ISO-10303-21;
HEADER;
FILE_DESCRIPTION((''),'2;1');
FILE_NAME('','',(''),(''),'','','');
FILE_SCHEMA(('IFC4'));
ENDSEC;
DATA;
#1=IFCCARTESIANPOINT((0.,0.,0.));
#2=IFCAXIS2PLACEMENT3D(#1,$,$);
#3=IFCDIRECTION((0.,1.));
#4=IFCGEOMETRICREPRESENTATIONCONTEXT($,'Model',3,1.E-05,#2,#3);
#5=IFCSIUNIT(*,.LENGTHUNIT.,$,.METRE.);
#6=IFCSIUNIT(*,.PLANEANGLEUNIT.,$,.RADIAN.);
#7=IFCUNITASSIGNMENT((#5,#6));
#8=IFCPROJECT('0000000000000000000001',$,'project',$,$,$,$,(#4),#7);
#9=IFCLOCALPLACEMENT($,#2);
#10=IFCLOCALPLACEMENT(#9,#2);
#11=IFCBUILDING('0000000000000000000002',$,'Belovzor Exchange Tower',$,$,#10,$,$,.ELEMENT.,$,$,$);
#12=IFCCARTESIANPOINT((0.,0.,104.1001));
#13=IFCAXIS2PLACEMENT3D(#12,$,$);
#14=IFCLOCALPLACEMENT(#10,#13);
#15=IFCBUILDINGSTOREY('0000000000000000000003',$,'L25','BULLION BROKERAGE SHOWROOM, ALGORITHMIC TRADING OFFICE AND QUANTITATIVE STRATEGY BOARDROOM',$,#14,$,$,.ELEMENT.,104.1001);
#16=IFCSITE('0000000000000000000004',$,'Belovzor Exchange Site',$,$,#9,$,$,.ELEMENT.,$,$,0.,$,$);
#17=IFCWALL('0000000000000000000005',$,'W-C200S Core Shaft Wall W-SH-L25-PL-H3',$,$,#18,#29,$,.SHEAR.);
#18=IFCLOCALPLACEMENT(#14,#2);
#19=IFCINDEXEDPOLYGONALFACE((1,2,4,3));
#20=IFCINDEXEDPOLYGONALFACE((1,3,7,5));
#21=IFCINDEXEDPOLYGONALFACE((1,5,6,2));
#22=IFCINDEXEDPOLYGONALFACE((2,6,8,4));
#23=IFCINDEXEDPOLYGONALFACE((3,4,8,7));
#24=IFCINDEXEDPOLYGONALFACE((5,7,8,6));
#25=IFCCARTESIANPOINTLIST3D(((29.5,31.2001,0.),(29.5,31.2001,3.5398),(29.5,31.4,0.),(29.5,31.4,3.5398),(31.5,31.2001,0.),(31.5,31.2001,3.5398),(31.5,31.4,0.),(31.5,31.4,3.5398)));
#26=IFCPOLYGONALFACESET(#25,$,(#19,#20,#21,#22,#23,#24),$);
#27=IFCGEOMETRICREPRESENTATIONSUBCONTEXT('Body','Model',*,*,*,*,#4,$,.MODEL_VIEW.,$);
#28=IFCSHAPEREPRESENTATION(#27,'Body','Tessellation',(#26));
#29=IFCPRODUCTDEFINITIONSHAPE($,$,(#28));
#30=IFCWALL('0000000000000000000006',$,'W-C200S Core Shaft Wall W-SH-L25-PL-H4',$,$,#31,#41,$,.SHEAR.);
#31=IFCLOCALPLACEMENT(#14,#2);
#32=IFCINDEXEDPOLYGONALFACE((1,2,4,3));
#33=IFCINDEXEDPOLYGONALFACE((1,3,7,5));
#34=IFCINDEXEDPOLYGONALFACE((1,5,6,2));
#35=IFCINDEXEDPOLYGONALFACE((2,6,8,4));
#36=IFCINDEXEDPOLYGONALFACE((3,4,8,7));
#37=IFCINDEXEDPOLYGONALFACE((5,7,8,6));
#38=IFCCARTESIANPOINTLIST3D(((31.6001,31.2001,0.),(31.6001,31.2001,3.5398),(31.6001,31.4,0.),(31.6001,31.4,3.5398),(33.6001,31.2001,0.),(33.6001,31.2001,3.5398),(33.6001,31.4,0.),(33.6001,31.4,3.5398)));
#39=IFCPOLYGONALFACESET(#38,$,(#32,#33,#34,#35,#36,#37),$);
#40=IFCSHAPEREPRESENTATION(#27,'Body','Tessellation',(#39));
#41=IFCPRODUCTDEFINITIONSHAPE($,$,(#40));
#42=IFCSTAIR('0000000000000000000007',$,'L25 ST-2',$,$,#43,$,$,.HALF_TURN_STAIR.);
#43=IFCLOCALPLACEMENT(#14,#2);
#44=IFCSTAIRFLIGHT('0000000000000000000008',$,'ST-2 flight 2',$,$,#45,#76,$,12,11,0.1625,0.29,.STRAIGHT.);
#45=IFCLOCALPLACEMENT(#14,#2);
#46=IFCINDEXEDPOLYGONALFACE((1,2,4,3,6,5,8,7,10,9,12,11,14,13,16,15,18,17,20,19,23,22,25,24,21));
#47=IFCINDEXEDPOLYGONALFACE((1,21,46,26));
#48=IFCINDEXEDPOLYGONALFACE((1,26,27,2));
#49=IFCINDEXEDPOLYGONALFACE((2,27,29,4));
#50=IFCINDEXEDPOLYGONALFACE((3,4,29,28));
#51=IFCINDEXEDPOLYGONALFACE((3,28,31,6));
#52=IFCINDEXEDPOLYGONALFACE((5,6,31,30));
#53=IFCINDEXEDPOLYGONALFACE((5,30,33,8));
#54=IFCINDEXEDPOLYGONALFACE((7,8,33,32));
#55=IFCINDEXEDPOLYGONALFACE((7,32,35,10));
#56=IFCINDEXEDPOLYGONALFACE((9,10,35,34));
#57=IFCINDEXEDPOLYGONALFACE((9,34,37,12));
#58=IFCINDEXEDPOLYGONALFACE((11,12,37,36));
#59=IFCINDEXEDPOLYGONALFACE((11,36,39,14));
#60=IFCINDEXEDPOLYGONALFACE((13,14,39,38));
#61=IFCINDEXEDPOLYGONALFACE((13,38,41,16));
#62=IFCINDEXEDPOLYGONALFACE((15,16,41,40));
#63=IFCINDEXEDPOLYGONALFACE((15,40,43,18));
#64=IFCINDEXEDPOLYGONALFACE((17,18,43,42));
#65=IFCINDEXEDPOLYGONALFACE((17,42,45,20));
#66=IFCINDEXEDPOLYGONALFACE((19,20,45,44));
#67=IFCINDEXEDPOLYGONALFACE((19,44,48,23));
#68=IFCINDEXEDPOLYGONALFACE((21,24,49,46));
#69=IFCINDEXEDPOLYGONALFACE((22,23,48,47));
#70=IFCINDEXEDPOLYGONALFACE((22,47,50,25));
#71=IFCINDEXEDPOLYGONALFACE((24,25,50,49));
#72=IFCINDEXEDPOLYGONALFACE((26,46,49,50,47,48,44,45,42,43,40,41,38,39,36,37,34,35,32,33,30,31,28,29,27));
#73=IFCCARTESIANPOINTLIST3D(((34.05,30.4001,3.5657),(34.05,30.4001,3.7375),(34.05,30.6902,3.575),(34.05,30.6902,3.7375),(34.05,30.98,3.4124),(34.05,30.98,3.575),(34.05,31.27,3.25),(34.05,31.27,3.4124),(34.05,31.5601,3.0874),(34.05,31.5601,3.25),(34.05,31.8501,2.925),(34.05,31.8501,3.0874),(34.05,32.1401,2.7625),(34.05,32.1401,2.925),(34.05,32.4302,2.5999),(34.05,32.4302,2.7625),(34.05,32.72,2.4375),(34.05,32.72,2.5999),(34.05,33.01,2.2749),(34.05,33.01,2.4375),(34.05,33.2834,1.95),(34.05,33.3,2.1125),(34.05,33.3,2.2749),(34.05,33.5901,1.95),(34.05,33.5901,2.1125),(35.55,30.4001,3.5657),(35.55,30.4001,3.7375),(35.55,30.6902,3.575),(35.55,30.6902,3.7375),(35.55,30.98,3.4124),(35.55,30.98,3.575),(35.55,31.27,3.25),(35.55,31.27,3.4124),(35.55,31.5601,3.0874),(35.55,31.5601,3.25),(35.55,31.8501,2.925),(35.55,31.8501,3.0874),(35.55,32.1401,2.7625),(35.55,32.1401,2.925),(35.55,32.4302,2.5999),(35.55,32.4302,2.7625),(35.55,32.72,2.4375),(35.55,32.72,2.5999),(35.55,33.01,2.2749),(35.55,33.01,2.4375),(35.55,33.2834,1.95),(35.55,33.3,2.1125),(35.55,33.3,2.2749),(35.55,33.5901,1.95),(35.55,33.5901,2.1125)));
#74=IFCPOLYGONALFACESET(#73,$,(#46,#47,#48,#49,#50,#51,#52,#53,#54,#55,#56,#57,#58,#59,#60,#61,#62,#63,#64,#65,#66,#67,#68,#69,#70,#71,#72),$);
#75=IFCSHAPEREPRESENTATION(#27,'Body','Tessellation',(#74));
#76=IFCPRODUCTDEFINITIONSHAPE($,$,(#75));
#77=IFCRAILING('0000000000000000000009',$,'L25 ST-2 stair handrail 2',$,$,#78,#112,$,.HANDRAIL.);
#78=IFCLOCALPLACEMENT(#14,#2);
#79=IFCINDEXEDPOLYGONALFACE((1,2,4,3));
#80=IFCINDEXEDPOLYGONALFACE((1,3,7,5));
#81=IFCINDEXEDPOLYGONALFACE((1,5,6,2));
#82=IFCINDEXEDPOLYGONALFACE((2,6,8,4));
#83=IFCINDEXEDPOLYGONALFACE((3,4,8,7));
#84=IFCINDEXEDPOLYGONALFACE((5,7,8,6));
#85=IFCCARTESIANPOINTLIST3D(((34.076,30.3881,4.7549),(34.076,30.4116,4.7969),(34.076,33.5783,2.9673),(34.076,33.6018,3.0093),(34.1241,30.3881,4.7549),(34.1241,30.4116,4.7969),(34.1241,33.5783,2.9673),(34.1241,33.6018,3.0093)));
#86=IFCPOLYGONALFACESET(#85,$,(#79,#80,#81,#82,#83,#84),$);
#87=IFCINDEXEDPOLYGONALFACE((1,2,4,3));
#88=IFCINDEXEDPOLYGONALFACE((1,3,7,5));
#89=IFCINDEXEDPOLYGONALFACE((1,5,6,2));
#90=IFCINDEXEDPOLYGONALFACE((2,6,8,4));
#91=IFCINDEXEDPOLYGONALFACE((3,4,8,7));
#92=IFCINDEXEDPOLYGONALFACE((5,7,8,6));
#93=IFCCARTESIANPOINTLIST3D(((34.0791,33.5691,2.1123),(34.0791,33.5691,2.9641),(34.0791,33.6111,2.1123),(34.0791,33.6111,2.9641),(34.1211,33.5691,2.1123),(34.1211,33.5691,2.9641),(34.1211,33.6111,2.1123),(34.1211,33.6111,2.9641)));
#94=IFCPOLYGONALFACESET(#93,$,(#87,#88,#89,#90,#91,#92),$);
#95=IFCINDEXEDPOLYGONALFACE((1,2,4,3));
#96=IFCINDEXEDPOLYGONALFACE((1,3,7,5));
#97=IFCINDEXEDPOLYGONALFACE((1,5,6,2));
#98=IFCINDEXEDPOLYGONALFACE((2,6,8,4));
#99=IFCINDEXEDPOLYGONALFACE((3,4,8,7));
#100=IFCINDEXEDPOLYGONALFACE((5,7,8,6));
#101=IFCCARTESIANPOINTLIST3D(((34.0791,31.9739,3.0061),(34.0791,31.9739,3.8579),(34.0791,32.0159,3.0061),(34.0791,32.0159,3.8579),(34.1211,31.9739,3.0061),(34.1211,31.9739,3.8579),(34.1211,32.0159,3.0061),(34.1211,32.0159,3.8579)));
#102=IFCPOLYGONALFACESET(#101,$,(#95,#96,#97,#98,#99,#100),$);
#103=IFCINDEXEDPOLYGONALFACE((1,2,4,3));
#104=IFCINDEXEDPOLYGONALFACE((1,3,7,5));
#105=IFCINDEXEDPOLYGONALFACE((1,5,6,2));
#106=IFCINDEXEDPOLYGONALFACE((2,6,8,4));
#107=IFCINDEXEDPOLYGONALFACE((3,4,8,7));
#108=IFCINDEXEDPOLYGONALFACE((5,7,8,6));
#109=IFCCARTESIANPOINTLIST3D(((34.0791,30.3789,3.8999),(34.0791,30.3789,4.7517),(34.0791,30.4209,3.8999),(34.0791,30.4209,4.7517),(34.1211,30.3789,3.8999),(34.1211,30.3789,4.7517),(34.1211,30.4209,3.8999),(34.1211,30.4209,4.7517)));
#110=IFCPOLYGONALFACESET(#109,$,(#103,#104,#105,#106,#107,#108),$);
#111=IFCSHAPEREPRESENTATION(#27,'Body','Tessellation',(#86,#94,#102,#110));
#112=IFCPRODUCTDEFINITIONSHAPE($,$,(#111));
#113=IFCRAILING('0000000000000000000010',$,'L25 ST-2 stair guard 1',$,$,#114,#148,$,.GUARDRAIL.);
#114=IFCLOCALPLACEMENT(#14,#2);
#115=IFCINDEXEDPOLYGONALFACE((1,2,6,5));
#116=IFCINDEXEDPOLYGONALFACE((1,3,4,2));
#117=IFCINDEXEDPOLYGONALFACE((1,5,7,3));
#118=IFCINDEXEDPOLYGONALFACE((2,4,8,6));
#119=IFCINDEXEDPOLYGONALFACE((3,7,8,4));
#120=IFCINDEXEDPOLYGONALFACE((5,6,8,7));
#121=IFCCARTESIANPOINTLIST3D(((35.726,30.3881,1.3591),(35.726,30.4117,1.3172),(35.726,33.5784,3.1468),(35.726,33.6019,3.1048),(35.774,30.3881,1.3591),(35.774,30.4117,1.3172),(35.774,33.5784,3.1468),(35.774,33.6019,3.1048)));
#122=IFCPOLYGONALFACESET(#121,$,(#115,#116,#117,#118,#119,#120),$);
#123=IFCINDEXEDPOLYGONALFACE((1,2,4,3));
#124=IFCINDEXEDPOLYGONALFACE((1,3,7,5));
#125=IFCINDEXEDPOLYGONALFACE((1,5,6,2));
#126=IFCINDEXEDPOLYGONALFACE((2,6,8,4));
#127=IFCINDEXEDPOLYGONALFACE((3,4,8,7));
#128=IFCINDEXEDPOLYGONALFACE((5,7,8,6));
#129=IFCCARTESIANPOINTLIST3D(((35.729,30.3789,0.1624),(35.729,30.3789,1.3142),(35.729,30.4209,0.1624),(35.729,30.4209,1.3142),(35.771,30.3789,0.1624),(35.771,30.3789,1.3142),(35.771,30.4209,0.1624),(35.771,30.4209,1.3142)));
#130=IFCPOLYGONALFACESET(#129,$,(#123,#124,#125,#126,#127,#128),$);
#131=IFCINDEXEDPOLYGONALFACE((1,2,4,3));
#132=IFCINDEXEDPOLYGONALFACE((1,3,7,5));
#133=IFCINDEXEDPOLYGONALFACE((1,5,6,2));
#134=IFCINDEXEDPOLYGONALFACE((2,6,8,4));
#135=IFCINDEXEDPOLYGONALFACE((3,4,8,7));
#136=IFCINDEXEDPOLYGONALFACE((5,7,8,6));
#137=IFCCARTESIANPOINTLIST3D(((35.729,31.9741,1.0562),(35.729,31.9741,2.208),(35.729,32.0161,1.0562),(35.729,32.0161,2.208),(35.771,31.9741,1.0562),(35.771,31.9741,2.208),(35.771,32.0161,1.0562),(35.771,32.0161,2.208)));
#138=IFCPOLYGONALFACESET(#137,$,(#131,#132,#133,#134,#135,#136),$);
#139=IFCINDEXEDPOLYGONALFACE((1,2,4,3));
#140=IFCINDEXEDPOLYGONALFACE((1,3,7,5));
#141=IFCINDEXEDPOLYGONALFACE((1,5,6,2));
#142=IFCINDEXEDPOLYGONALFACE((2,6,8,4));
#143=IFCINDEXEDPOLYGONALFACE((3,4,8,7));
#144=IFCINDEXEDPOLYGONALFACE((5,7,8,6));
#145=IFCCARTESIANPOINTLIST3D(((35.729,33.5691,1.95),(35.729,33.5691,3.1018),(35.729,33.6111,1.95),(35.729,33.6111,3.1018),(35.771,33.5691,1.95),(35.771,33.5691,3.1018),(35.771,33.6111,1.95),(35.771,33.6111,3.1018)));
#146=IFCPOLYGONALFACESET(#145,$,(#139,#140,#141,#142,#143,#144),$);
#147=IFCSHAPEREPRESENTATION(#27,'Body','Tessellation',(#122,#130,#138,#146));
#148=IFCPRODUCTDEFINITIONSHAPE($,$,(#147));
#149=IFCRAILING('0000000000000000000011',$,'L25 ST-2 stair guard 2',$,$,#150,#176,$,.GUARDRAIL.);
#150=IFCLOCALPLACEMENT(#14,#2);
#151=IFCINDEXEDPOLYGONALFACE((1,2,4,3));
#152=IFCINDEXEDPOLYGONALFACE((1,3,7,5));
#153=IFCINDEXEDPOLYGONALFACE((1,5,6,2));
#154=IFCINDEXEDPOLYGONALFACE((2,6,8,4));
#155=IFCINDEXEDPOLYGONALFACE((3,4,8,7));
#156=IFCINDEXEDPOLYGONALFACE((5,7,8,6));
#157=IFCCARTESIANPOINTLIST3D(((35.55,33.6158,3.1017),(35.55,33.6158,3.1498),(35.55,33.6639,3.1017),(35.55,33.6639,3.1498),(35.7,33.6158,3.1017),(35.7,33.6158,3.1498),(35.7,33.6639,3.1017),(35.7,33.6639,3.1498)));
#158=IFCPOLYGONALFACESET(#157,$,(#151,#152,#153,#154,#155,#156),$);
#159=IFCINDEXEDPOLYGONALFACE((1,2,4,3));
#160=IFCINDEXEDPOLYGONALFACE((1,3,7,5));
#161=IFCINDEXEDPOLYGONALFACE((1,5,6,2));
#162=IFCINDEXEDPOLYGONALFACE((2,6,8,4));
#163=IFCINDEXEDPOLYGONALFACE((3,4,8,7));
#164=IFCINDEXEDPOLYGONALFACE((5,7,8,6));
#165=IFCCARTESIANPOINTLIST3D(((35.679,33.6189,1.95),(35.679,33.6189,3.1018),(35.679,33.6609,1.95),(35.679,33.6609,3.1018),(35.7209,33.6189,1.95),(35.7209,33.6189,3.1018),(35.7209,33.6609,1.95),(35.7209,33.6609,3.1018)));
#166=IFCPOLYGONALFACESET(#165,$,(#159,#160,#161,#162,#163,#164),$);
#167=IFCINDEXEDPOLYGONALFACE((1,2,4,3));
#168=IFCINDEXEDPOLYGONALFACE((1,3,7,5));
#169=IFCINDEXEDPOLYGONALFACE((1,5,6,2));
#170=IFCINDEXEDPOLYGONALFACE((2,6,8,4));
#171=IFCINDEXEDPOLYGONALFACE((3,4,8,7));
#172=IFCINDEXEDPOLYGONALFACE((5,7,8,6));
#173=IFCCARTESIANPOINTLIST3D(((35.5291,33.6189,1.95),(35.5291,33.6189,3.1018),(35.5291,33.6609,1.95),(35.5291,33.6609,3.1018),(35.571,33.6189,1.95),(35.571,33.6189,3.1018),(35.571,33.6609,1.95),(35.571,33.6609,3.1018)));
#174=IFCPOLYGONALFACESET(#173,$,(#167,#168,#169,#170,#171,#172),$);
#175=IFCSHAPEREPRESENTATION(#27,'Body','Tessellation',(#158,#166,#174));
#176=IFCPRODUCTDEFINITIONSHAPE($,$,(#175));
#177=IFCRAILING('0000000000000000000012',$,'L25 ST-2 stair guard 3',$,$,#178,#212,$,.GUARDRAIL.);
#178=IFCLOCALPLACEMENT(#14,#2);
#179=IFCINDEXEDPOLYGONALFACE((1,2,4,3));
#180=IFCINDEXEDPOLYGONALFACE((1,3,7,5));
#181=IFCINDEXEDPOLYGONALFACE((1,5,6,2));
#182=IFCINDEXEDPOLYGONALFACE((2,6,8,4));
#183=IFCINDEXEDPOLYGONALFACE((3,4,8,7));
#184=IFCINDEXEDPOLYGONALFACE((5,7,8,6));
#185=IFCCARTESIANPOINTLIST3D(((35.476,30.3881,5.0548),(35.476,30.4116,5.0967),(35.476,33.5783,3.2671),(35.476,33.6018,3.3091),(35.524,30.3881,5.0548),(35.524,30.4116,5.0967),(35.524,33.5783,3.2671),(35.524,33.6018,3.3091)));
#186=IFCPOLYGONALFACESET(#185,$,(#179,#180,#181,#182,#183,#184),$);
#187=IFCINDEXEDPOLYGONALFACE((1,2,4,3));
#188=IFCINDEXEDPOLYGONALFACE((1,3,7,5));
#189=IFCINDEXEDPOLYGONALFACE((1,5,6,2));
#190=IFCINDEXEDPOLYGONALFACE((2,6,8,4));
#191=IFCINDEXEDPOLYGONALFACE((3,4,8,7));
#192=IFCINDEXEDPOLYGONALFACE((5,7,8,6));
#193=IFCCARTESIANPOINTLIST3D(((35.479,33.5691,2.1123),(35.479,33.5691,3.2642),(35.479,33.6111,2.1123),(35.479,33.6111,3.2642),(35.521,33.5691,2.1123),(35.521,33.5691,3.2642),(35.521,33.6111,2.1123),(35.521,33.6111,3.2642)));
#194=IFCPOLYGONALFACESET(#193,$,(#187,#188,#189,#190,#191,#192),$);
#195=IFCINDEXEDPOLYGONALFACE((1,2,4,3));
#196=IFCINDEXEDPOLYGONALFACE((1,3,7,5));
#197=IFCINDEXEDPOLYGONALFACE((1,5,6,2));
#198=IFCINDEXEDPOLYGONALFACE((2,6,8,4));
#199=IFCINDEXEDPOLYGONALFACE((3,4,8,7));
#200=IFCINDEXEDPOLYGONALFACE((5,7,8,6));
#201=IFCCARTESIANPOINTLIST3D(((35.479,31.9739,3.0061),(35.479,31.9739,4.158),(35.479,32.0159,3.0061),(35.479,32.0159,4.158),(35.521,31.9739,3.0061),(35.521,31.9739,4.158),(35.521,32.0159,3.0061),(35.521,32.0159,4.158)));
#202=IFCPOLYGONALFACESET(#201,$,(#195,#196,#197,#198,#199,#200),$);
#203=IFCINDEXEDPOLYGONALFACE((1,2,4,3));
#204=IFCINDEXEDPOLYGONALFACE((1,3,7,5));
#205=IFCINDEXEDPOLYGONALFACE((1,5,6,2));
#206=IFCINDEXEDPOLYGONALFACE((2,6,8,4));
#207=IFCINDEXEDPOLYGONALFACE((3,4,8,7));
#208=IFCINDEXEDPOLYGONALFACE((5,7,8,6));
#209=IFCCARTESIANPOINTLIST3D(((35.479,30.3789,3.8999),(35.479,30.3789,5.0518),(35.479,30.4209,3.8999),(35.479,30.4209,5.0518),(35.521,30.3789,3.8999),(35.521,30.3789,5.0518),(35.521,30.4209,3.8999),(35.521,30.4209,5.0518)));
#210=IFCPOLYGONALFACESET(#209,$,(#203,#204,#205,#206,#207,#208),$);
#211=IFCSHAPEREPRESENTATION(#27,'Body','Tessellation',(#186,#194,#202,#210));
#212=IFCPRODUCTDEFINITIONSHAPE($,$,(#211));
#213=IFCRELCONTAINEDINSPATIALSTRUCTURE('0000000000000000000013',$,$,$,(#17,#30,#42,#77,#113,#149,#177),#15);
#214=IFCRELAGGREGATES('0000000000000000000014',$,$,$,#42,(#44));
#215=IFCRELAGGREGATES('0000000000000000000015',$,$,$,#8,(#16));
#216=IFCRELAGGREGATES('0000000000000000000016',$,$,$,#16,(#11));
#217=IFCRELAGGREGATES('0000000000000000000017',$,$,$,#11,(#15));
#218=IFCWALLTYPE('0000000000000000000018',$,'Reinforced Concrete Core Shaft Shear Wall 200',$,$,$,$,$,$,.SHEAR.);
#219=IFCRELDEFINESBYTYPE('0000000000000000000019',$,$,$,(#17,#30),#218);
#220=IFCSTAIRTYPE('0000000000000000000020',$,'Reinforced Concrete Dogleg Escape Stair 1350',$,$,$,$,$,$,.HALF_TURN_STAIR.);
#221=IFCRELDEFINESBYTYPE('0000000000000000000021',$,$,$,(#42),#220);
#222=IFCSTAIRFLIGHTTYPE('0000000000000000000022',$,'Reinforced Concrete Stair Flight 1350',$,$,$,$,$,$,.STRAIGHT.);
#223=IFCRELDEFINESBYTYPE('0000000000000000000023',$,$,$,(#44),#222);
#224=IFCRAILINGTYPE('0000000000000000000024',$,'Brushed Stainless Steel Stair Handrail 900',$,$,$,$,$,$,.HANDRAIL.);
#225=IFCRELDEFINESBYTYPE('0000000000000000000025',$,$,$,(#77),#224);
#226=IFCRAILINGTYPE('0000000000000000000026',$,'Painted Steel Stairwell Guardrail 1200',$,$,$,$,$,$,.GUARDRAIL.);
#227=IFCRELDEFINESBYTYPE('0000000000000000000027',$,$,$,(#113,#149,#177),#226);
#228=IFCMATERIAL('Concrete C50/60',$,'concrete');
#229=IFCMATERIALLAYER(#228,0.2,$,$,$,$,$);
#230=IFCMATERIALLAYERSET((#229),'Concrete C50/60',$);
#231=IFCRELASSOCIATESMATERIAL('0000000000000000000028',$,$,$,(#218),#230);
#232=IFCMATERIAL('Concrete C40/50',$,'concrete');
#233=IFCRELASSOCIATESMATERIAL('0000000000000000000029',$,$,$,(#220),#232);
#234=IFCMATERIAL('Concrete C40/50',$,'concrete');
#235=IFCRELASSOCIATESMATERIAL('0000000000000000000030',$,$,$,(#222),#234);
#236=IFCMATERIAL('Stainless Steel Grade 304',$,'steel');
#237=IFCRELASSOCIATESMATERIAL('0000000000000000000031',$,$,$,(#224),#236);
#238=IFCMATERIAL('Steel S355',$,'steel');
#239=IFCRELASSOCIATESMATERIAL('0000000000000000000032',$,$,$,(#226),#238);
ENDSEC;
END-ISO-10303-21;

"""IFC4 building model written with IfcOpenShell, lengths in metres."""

from ifc_helpers import new_model, si_unit, direction, frame, frame_2d, origin, origin_2d, place, context, subcontext, project, spatial, polyline, rectangle, outline, extrude, material, layer, layer_set, type_object, element, aggregate, save


model = new_model("IFC4")

# Units and contexts
model_context = context("Model", 3, precision=1e-05, world=origin(), true_north=direction((0.0, 1.0)))
body_context = subcontext(model_context, "Body", "Model", "MODEL_VIEW")
ifc_project = project(units=[si_unit("LENGTHUNIT", "METRE"), si_unit("PLANEANGLEUNIT", "RADIAN")], contexts=[model_context])

# Site, building, storey
site_placement = place(None, origin())
site = spatial("IfcSite", under=ifc_project, at=site_placement, Name="Belovzor Exchange Site", CompositionType="ELEMENT", RefElevation=0.0)
building_placement = place(site_placement, origin())
building = spatial("IfcBuilding", under=site, at=building_placement, Name="Belovzor Exchange Tower", CompositionType="ELEMENT")
storey_placement = place(building_placement, frame((0.0, 0.0, 104.1001)))
storey = spatial("IfcBuildingStorey", under=building, at=storey_placement, Name="L25", Description="BULLION BROKERAGE SHOWROOM, ALGORITHMIC TRADING OFFICE AND QUANTITATIVE STRATEGY BOARDROOM", CompositionType="ELEMENT", Elevation=104.1001)

# Walls
ifc_material_1 = material(Name="Concrete C50/60", Category="concrete")
ifc_layer_1 = layer(ifc_material_1, 0.2)
ifc_layer_set_1 = layer_set([ifc_layer_1], Name="Concrete C50/60")
wall_type_1 = type_object("IfcWallType", Name="Reinforced Concrete Core Shaft Shear Wall 200", PredefinedType="SHEAR", material=ifc_layer_set_1)
for number, where, z_axis, x_axis, name in (
    (1, (29.5, 31.3, 0.0), (0.0, 0.0, 1.0), (1.0, 0.0, 0.0), "W-C200S Core Shaft Wall W-SH-L25-PL-H3"),
    (2, (31.6001, 31.3, 0.0), (0.0, 0.0, 1.0), (1.0, 0.0, 0.0), "W-C200S Core Shaft Wall W-SH-L25-PL-H4"),
):
    element("IfcWall", number, at=place(storey_placement, frame(where, z_axis=z_axis, x_axis=x_axis)), inside=storey, type_object=wall_type_1, Name=name, PredefinedType="SHEAR", context=body_context, shape_type="SweptSolid", body=[
        extrude(rectangle(XDim=2.0, YDim=0.2, at=frame_2d((1.0, 0.0))), origin(), (0.0, 0.0, 1.0), 3.5398),
    ])

# Stair, stair flight
ifc_material_2 = material(Name="Concrete C40/50", Category="concrete")
stair_type = type_object("IfcStairType", Name="Reinforced Concrete Dogleg Escape Stair 1350", PredefinedType="HALF_TURN_STAIR", material=ifc_material_2)
stair_placement = place(storey_placement, origin())
stair = element("IfcStair", 3, at=stair_placement, inside=storey, type_object=stair_type, Name="L25 ST-2", PredefinedType="HALF_TURN_STAIR")
ifc_material_3 = material(Name="Concrete C40/50", Category="concrete")
stair_flight_type = type_object("IfcStairFlightType", Name="Reinforced Concrete Stair Flight 1350", PredefinedType="STRAIGHT", material=ifc_material_3)
stair_flight_placement = place(storey_placement, frame((34.8, 33.5901, 1.95), z_axis=(0.0, 0.0, 1.0), x_axis=(0.0, -1.0, 0.0)))
stair_flight = element("IfcStairFlight", 4, at=stair_flight_placement, type_object=stair_flight_type, Name="ST-2 flight 2", NumberOfRisers=12, NumberOfTreads=11, PredefinedType="STRAIGHT", RiserHeight=0.1625, TreadLength=0.29, context=body_context, shape_type="SweptSolid", body=[
    extrude(outline(polyline([(0.0, 0.0), (0.0, 0.1626), (0.29, 0.1626), (0.29, 0.325), (0.5801, 0.325), (0.5801, 0.4875), (0.8701, 0.4875), (0.8701, 0.6499), (1.1599, 0.6499), (1.1599, 0.8125), (1.45, 0.8125), (1.45, 0.9751), (1.74, 0.9751), (1.74, 1.1375), (2.03, 1.1375), (2.03, 1.3), (2.3201, 1.3), (2.3201, 1.4624), (2.6101, 1.4624), (2.6101, 1.625), (2.8999, 1.625), (2.8999, 1.7876), (3.1899, 1.7876), (3.1899, 1.95), (3.1899, 1.6157), (0.3066, 0.0), (0.0, 0.0)])), frame((0.0, 0.75, 0.0), z_axis=(0.0, -1.0, 0.0), x_axis=(1.0, 0.0, 0.0)), (0.0, 0.0, 1.0), 1.5),
])
aggregate(stair, [stair_flight])

# Railings
ifc_material_4 = material(Name="Stainless Steel Grade 304", Category="steel")
railing_type_1 = type_object("IfcRailingType", Name="Brushed Stainless Steel Stair Handrail 900", PredefinedType="HANDRAIL", material=ifc_material_4)
railing_1_placement = place(storey_placement, frame((34.1001, 33.5901, 2.1123)))
element("IfcRailing", 5, at=railing_1_placement, inside=storey, type_object=railing_type_1, Name="L25 ST-2 stair handrail 2", PredefinedType="HANDRAIL", context=body_context, shape_type="SweptSolid", body=[
    extrude(rectangle(XDim=0.0481, YDim=0.0481, at=origin_2d()), frame((0.0, 0.0, 0.876), z_axis=(0.0, -0.872378, 0.488831), x_axis=(1.0, 0.0, 0.0)), (0.0, 0.0, 1.0), 3.657),
    extrude(rectangle(XDim=0.042, YDim=0.042, at=origin_2d()), origin(), (0.0, 0.0, 1.0), 0.8518),
    extrude(rectangle(XDim=0.042, YDim=0.042, at=origin_2d()), frame((0.0, -1.5952, 0.8938)), (0.0, 0.0, 1.0), 0.8518),
    extrude(rectangle(XDim=0.042, YDim=0.042, at=origin_2d()), frame((0.0, -3.1902, 1.7876)), (0.0, 0.0, 1.0), 0.8518),
])
ifc_material_5 = material(Name="Steel S355", Category="steel")
railing_type_2 = type_object("IfcRailingType", Name="Painted Steel Stairwell Guardrail 1200", PredefinedType="GUARDRAIL", material=ifc_material_5)
railing_2_placement = place(storey_placement, frame((35.75, 30.3999, 0.1624)))
element("IfcRailing", 6, at=railing_2_placement, inside=storey, type_object=railing_type_2, Name="L25 ST-2 stair guard 1", PredefinedType="GUARDRAIL", context=body_context, shape_type="SweptSolid", body=[
    extrude(rectangle(XDim=0.0481, YDim=0.0481, at=origin_2d()), frame((0.0, 0.0, 1.1758), z_axis=(0.0, 0.872378, 0.488831), x_axis=(-1.0, 0.0, 0.0)), (0.0, 0.0, 1.0), 3.657),
    extrude(rectangle(XDim=0.042, YDim=0.042, at=origin_2d()), origin(), (0.0, 0.0, 1.0), 1.1519),
    extrude(rectangle(XDim=0.042, YDim=0.042, at=origin_2d()), frame((0.0, 1.5952, 0.8938)), (0.0, 0.0, 1.0), 1.1519),
    extrude(rectangle(XDim=0.042, YDim=0.042, at=origin_2d()), frame((0.0, 3.1902, 1.7876)), (0.0, 0.0, 1.0), 1.1519),
])
railing_3_placement = place(storey_placement, frame((35.7, 33.6399, 1.95)))
element("IfcRailing", 7, at=railing_3_placement, inside=storey, type_object=railing_type_2, Name="L25 ST-2 stair guard 2", PredefinedType="GUARDRAIL", context=body_context, shape_type="SweptSolid", body=[
    extrude(rectangle(XDim=0.0481, YDim=0.0481, at=origin_2d()), frame((0.0, 0.0, 1.1758), z_axis=(-1.0, 0.0, 0.0), x_axis=(0.0, -1.0, 0.0)), (0.0, 0.0, 1.0), 0.1499),
    extrude(rectangle(XDim=0.042, YDim=0.042, at=origin_2d()), origin(), (0.0, 0.0, 1.0), 1.1519),
    extrude(rectangle(XDim=0.042, YDim=0.042, at=origin_2d()), frame((-0.1499, 0.0, 0.0)), (0.0, 0.0, 1.0), 1.1519),
])
railing_4_placement = place(storey_placement, frame((35.5, 33.5901, 2.1123)))
element("IfcRailing", 8, at=railing_4_placement, inside=storey, type_object=railing_type_2, Name="L25 ST-2 stair guard 3", PredefinedType="GUARDRAIL", context=body_context, shape_type="SweptSolid", body=[
    extrude(rectangle(XDim=0.0481, YDim=0.0481, at=origin_2d()), frame((0.0, 0.0, 1.1758), z_axis=(0.0, -0.872378, 0.488831), x_axis=(1.0, 0.0, 0.0)), (0.0, 0.0, 1.0), 3.657),
    extrude(rectangle(XDim=0.042, YDim=0.042, at=origin_2d()), origin(), (0.0, 0.0, 1.0), 1.1519),
    extrude(rectangle(XDim=0.042, YDim=0.042, at=origin_2d()), frame((0.0, -1.5952, 0.8938)), (0.0, 0.0, 1.0), 1.1519),
    extrude(rectangle(XDim=0.042, YDim=0.042, at=origin_2d()), frame((0.0, -3.1902, 1.7876)), (0.0, 0.0, 1.0), 1.1519),
])

save(model, "model.ifc")
